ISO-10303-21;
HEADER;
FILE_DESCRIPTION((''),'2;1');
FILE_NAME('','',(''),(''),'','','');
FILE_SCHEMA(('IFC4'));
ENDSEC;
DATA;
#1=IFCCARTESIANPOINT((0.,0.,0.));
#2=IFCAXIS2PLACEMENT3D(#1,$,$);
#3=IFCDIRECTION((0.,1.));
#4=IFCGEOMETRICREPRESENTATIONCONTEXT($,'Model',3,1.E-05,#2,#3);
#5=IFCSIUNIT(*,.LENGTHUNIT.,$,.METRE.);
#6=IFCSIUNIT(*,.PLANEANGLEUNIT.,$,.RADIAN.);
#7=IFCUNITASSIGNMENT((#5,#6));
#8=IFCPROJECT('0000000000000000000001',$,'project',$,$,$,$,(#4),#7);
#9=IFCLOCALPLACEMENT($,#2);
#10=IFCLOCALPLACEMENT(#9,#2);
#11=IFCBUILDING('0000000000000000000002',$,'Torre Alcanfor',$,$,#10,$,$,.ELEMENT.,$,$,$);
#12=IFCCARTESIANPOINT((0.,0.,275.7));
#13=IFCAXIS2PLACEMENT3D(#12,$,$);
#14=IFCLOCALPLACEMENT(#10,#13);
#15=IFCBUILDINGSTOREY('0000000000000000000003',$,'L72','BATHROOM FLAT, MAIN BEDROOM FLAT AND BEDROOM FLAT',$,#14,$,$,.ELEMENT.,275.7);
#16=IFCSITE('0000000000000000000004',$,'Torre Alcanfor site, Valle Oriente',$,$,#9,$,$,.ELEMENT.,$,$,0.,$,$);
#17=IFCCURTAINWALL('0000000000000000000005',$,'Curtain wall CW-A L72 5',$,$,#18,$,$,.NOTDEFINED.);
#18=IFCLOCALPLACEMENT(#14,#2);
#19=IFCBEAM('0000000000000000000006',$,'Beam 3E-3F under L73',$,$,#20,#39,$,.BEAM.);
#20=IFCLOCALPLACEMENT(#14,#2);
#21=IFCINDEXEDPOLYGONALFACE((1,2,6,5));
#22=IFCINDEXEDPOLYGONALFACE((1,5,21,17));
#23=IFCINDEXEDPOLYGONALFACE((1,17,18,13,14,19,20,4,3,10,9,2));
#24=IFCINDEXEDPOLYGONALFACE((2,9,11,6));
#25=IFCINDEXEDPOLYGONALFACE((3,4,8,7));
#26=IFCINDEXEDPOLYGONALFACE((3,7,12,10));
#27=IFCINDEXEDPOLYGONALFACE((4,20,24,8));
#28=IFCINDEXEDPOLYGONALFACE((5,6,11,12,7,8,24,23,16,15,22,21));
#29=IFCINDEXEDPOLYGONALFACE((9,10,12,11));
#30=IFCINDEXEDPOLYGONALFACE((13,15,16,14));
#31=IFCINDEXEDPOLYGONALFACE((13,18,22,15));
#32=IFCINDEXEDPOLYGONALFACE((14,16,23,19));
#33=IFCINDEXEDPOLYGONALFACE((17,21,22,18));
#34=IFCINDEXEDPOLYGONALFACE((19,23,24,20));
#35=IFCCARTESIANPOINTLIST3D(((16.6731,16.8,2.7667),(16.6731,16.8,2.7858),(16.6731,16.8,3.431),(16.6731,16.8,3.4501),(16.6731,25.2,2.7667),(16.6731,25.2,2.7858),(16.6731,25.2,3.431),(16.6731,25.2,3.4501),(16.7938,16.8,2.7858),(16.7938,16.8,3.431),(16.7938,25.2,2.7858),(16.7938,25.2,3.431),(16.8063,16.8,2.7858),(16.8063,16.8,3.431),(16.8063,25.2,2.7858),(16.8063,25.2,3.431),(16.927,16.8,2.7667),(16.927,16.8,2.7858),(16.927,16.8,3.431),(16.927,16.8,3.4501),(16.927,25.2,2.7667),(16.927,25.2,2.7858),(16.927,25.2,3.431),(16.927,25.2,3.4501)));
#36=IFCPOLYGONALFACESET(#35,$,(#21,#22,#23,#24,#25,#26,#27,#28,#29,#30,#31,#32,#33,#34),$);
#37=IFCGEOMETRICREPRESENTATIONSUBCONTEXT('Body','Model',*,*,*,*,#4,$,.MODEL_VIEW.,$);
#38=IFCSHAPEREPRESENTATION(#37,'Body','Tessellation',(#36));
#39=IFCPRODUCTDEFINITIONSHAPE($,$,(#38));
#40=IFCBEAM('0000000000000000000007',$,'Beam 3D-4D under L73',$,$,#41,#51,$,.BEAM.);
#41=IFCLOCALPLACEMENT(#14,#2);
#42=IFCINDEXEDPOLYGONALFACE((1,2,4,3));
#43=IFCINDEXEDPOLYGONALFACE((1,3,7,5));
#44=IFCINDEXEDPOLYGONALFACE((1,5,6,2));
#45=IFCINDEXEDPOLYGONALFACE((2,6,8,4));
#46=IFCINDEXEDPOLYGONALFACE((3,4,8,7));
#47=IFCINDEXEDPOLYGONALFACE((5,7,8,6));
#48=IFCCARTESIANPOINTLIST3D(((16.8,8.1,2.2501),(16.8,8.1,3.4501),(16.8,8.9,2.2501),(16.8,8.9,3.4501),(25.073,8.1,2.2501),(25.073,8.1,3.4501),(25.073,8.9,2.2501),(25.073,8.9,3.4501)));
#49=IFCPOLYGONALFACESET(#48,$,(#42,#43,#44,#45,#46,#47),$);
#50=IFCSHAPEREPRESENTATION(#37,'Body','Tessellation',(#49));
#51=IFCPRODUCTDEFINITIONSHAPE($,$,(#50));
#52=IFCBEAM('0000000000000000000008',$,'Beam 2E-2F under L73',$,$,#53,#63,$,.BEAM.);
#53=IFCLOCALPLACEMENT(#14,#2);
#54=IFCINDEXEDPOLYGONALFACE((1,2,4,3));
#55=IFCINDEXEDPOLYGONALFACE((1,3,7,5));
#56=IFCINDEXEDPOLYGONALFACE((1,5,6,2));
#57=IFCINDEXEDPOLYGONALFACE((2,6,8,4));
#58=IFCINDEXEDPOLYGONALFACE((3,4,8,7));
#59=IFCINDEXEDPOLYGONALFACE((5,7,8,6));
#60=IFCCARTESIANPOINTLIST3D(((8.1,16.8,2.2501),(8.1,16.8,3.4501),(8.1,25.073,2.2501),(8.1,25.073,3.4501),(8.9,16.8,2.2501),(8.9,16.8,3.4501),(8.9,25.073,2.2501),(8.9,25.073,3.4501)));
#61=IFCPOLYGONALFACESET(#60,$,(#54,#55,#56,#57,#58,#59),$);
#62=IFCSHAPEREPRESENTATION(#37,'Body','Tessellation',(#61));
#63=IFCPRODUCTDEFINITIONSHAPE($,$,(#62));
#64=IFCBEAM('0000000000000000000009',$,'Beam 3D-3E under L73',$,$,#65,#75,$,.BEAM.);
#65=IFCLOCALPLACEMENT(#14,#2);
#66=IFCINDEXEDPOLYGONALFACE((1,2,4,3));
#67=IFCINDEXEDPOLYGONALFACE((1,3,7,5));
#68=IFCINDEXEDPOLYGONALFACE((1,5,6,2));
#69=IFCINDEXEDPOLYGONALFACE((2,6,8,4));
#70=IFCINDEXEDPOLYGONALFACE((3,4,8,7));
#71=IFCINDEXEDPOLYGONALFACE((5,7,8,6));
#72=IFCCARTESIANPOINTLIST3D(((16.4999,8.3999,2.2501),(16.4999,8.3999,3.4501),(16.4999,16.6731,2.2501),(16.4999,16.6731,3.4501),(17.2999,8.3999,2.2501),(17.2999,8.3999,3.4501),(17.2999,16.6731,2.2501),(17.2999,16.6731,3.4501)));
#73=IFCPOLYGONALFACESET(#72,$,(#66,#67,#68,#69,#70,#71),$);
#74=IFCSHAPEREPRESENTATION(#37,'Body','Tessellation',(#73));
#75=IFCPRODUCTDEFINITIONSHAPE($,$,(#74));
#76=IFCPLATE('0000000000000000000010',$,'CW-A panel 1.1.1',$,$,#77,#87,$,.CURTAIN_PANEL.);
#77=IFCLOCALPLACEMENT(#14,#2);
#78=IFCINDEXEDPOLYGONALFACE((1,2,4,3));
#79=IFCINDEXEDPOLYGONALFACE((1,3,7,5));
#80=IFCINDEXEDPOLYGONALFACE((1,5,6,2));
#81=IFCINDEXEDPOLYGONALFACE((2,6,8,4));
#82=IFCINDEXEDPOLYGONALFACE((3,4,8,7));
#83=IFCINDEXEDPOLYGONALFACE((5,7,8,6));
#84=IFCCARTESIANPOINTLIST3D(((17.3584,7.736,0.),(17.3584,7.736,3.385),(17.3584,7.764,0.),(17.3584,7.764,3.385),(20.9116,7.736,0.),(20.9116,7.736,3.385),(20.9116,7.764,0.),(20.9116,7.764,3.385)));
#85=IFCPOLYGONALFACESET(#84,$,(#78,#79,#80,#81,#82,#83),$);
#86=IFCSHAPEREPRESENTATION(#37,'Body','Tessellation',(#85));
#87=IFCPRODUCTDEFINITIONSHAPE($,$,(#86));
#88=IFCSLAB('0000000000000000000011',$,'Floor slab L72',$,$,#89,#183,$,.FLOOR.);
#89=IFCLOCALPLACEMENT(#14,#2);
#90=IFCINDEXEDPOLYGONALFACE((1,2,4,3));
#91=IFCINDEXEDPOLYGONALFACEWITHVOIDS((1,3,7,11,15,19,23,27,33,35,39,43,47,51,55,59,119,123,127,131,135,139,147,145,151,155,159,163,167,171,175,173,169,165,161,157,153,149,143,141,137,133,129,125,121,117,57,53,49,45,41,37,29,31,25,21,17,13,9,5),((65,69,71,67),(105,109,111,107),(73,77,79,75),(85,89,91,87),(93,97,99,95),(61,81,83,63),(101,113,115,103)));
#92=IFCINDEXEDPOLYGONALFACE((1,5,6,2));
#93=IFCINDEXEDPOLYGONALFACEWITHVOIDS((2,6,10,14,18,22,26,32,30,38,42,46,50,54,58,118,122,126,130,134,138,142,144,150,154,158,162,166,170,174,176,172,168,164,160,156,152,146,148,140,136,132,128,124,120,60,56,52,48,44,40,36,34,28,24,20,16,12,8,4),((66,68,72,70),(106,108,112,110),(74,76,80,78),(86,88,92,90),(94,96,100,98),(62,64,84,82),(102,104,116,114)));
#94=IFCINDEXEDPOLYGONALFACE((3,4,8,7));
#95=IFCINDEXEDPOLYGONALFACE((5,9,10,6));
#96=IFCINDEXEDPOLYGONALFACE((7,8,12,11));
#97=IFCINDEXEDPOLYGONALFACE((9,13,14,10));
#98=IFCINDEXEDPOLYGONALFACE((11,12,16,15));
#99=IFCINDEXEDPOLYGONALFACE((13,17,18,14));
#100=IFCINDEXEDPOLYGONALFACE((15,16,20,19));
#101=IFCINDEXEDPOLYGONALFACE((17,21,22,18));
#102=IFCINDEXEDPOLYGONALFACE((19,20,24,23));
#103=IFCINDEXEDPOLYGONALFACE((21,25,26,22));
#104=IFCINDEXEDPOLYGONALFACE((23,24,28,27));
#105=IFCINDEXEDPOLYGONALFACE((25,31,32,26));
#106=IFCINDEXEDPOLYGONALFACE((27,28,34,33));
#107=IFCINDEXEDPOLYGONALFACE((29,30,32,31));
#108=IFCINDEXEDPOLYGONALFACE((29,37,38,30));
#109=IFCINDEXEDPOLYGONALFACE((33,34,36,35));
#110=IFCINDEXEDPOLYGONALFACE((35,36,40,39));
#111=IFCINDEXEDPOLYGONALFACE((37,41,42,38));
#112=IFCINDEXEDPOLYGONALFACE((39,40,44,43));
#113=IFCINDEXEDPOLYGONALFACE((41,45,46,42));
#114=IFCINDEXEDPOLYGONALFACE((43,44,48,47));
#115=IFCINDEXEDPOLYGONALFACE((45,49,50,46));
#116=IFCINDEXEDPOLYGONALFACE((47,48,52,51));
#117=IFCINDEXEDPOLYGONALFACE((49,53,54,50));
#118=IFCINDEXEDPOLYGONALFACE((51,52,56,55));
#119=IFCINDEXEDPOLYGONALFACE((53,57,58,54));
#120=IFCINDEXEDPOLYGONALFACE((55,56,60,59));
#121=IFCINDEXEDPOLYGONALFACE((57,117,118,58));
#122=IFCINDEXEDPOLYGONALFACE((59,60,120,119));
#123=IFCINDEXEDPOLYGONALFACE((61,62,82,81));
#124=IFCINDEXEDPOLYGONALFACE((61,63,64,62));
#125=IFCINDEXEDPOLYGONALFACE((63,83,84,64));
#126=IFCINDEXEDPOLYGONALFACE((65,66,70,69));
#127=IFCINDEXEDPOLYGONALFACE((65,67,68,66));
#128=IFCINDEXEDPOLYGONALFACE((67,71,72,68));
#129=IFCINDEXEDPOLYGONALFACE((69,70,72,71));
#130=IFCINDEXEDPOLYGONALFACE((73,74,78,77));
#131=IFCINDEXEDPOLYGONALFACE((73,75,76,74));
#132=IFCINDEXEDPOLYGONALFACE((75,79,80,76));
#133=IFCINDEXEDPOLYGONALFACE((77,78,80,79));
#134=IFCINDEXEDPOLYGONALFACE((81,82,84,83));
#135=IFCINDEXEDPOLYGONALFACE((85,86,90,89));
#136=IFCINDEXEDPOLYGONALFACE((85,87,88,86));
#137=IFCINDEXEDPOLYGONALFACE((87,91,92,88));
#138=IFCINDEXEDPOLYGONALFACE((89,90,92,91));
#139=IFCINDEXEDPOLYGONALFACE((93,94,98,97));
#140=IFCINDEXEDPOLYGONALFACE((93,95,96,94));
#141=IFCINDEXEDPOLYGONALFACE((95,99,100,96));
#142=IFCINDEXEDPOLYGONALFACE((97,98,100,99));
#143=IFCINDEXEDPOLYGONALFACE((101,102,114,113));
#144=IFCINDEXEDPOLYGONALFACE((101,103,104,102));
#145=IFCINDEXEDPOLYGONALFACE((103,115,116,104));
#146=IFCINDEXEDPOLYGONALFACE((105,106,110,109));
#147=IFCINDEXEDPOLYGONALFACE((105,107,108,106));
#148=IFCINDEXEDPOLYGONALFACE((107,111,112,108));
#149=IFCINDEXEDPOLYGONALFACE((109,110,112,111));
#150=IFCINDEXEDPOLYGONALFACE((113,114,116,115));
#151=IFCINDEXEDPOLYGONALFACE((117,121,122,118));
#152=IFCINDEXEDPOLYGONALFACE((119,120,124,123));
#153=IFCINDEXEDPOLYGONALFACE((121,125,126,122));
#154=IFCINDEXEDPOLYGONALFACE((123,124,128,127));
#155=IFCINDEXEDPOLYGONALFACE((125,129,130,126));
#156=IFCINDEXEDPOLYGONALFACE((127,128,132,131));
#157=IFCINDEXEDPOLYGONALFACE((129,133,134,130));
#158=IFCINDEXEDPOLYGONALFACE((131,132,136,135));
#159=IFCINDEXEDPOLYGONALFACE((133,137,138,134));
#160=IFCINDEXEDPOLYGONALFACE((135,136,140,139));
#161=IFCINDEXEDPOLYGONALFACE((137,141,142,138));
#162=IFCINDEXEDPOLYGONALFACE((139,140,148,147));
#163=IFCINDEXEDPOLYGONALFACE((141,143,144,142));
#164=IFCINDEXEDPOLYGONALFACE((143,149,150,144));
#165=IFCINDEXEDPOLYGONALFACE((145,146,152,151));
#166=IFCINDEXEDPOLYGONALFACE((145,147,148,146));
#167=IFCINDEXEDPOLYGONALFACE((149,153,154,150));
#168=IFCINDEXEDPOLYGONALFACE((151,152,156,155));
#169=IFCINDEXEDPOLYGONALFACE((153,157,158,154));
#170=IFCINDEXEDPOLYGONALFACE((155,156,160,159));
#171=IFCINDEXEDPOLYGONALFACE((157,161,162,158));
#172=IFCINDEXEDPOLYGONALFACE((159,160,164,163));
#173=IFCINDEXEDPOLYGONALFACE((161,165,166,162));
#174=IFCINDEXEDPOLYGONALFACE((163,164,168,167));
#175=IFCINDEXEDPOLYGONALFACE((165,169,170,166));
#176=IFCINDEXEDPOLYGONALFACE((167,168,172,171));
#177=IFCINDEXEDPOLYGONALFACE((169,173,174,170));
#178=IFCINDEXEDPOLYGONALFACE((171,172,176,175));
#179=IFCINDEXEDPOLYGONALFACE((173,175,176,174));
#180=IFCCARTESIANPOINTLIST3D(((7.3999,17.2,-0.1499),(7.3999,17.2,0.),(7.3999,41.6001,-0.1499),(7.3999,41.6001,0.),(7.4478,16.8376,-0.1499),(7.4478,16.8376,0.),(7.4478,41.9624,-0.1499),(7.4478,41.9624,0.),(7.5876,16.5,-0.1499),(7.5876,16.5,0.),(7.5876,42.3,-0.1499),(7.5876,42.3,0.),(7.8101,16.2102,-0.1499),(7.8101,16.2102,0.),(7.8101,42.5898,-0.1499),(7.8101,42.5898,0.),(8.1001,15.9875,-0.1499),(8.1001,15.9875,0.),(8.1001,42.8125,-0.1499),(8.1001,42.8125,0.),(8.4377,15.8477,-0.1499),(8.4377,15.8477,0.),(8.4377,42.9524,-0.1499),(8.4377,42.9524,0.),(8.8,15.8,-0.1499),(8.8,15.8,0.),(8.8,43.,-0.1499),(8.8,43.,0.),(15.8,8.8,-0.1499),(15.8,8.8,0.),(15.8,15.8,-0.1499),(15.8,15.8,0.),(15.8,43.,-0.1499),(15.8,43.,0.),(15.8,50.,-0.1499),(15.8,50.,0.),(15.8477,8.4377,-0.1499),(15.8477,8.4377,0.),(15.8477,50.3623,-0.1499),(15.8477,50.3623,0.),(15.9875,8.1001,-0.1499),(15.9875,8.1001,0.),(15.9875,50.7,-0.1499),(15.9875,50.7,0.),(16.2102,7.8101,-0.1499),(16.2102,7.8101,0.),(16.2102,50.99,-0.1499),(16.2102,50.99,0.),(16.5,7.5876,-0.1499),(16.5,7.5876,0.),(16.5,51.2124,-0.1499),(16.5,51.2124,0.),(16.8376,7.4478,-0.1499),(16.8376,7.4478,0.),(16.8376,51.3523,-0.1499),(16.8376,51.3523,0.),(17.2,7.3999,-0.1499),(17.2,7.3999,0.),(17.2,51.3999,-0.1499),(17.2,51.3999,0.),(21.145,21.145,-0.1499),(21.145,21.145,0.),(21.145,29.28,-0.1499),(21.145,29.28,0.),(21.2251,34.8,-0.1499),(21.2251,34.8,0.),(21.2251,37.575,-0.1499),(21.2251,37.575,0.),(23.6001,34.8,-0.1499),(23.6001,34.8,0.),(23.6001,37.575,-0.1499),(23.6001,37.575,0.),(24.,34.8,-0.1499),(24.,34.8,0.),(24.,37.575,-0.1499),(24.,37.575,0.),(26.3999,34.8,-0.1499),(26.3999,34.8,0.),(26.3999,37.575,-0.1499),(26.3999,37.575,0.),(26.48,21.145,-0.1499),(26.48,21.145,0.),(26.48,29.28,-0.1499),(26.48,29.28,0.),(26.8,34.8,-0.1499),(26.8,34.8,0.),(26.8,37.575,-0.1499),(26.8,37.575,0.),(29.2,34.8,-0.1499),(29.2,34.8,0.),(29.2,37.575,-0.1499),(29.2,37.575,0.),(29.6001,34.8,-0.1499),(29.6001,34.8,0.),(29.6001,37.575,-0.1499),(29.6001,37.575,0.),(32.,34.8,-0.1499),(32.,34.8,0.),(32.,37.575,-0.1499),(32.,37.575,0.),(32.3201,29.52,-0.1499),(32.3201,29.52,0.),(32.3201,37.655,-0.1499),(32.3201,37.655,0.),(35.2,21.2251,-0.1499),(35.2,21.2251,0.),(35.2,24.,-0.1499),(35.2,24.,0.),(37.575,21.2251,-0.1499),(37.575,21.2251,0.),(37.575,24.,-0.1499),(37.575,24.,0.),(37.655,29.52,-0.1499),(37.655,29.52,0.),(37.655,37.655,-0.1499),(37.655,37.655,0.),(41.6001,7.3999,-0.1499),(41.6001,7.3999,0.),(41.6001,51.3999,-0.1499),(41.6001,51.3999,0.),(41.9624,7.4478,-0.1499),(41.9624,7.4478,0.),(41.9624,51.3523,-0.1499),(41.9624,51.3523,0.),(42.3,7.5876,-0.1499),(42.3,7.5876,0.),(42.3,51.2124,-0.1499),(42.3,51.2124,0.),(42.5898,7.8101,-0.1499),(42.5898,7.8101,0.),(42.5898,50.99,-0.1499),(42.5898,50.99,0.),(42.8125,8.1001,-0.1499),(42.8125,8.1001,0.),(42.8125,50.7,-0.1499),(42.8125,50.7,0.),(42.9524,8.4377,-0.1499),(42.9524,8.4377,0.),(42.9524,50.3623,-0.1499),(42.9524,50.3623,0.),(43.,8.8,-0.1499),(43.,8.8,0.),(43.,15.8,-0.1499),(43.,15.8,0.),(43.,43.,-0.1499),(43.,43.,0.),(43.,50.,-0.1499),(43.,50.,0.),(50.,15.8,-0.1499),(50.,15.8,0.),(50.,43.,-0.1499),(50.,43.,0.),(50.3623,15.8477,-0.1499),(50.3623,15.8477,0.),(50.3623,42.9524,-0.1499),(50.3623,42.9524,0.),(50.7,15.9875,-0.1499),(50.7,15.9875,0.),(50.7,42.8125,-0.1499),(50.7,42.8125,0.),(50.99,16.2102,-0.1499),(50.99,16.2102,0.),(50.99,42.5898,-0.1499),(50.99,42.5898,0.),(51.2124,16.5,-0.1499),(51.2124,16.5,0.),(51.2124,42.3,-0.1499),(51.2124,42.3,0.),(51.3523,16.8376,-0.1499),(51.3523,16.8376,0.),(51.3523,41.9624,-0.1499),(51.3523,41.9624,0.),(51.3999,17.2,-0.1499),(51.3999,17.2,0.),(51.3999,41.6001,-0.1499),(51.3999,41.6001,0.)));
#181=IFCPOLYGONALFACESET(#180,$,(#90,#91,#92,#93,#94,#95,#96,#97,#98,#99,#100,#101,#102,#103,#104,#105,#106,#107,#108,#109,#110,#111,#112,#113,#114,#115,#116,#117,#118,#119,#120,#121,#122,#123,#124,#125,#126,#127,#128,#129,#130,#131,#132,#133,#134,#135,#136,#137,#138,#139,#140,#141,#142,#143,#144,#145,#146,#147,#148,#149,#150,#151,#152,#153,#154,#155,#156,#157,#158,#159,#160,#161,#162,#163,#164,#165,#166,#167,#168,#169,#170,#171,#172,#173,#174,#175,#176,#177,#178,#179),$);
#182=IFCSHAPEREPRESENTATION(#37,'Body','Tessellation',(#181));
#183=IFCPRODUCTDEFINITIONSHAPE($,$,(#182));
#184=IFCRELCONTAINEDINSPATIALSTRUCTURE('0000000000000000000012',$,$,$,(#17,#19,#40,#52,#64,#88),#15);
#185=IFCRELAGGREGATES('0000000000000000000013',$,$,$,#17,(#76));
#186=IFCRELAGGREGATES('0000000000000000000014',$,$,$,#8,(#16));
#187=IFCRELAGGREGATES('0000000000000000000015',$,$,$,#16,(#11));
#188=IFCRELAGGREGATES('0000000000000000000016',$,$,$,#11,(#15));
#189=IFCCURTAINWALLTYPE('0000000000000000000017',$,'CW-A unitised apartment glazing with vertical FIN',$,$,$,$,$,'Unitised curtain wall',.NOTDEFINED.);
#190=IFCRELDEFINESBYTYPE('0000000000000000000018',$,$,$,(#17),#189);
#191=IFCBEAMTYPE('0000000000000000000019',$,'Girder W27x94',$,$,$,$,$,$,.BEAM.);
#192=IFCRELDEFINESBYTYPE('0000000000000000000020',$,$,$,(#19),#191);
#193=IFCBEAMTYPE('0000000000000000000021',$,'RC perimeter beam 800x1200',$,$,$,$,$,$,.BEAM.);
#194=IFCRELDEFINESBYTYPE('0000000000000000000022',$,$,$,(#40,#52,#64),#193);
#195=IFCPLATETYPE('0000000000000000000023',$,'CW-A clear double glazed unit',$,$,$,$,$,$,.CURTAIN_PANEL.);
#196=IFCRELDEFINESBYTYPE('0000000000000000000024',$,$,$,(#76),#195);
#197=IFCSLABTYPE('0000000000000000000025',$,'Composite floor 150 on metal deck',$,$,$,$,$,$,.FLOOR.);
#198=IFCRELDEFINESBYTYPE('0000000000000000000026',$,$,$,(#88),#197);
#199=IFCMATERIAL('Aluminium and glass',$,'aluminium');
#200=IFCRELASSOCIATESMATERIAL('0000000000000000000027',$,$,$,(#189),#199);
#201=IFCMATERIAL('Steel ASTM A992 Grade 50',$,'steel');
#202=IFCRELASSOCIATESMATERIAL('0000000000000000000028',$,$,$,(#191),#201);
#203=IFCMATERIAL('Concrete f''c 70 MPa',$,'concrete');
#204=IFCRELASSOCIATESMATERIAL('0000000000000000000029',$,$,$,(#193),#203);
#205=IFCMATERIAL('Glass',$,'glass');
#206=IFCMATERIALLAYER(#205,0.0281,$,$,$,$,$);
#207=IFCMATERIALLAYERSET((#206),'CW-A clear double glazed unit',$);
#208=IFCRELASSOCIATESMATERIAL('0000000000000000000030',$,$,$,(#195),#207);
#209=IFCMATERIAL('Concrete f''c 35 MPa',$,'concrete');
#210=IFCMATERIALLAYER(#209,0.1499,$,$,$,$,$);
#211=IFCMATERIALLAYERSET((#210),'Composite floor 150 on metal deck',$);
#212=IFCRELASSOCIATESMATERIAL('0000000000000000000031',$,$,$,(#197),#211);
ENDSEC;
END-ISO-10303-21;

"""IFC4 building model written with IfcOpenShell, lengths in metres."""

from ifc_helpers import new_model, si_unit, direction, frame, origin, origin_2d, place, context, subcontext, project, spatial, polyline, rectangle, i_section, outline, extrude, material, layer, layer_set, material_profile, profile_set, type_object, element, aggregate, save


model = new_model("IFC4")

# Units and contexts
model_context = context("Model", 3, precision=1e-05, world=origin(), true_north=direction((0.0, 1.0)))
body_context = subcontext(model_context, "Body", "Model", "MODEL_VIEW")
ifc_project = project(units=[si_unit("LENGTHUNIT", "METRE"), si_unit("PLANEANGLEUNIT", "RADIAN")], contexts=[model_context])

# Site, building, storey
site_placement = place(None, origin())
site = spatial("IfcSite", under=ifc_project, at=site_placement, Name="Torre Alcanfor site, Valle Oriente", CompositionType="ELEMENT", RefElevation=0.0)
building_placement = place(site_placement, origin())
building = spatial("IfcBuilding", under=site, at=building_placement, Name="Torre Alcanfor", CompositionType="ELEMENT")
storey_placement = place(building_placement, frame((0.0, 0.0, 275.7)))
storey = spatial("IfcBuildingStorey", under=building, at=storey_placement, Name="L72", Description="BATHROOM FLAT, MAIN BEDROOM FLAT AND BEDROOM FLAT", CompositionType="ELEMENT", Elevation=275.7)

# Curtain wall
ifc_material_1 = material(Name="Aluminium and glass", Category="aluminium")
curtain_wall_type = type_object("IfcCurtainWallType", Name="CW-A unitised apartment glazing with vertical FIN", ElementType="Unitised curtain wall", PredefinedType="NOTDEFINED", material=ifc_material_1)
curtain_wall_placement = place(storey_placement, origin())
curtain_wall = element("IfcCurtainWall", 1, at=curtain_wall_placement, inside=storey, type_object=curtain_wall_type, Name="Curtain wall CW-A L72 5", PredefinedType="NOTDEFINED")

# Beams
ifc_material_2 = material(Name="Steel ASTM A992 Grade 50", Category="steel")
ifc_material_profile_1 = material_profile(ifc_material_2, i_section(OverallWidth=0.2539, OverallDepth=0.6833, WebThickness=0.0125, FlangeThickness=0.019, at=origin_2d()), Name="W27x94")
ifc_profile_set_1 = profile_set([ifc_material_profile_1], Name="Steel ASTM A992 Grade 50")
beam_type_1 = type_object("IfcBeamType", Name="Girder W27x94", PredefinedType="BEAM", material=ifc_profile_set_1)
for number, where, z_axis, x_axis, name in (
    (2, (16.8, 16.8, 3.1084), (0.0, 1.0, 0.0), (-1.0, 0.0, 0.0), "Beam 3E-3F under L73"),
):
    element("IfcBeam", number, at=place(storey_placement, frame(where, z_axis=z_axis, x_axis=x_axis)), inside=storey, type_object=beam_type_1, Name=name, PredefinedType="BEAM", context=body_context, shape_type="SweptSolid", body=[
        extrude(i_section(OverallWidth=0.2539, OverallDepth=0.6833, WebThickness=0.0125, FlangeThickness=0.019, at=origin_2d()), origin(), (0.0, 0.0, 1.0), 8.3999),
    ])
ifc_material_3 = material(Name="Concrete f'c 70 MPa", Category="concrete")
ifc_material_profile_2 = material_profile(ifc_material_3, rectangle(XDim=0.8, YDim=1.2, at=origin_2d()), Name="800x1200")
ifc_profile_set_2 = profile_set([ifc_material_profile_2], Name="Concrete f'c 70 MPa")
beam_type_2 = type_object("IfcBeamType", Name="RC perimeter beam 800x1200", PredefinedType="BEAM", material=ifc_profile_set_2)
for number, where, z_axis, x_axis, name in (
    (3, (16.8, 8.5, 2.8501), (1.0, 0.0, 0.0), (0.0, 1.0, 0.0), "Beam 3D-4D under L73"),
    (4, (8.5, 16.8, 2.8501), (0.0, 1.0, 0.0), (-1.0, 0.0, 0.0), "Beam 2E-2F under L73"),
):
    element("IfcBeam", number, at=place(storey_placement, frame(where, z_axis=z_axis, x_axis=x_axis)), inside=storey, type_object=beam_type_2, Name=name, PredefinedType="BEAM", context=body_context, shape_type="SweptSolid", body=[
        extrude(rectangle(XDim=0.8, YDim=1.2, at=origin_2d()), origin(), (0.0, 0.0, 1.0), 8.2729),
    ])
beam_placement = place(storey_placement, frame((16.8999, 8.3999, 2.8501), z_axis=(0.0, 1.0, 0.0), x_axis=(-1.0, 0.0, 0.0)))
element("IfcBeam", 5, at=beam_placement, inside=storey, type_object=beam_type_2, Name="Beam 3D-3E under L73", PredefinedType="BEAM", context=body_context, shape_type="SweptSolid", body=[
    extrude(rectangle(XDim=0.8, YDim=1.2, at=origin_2d()), origin(), (0.0, 0.0, 1.0), 8.2732),
])

# Plate
ifc_material_4 = material(Name="Glass", Category="glass")
ifc_layer_1 = layer(ifc_material_4, 0.0281)
ifc_layer_set_1 = layer_set([ifc_layer_1], Name="CW-A clear double glazed unit")
plate_type = type_object("IfcPlateType", Name="CW-A clear double glazed unit", PredefinedType="CURTAIN_PANEL", material=ifc_layer_set_1)
plate_placement = place(storey_placement, frame((19.135, 7.75, 0.0), z_axis=(0.0, 0.0, 1.0), x_axis=(1.0, 0.0, 0.0)))
plate = element("IfcPlate", 6, at=plate_placement, type_object=plate_type, Name="CW-A panel 1.1.1", PredefinedType="CURTAIN_PANEL", context=body_context, shape_type="SweptSolid", body=[
    extrude(rectangle(XDim=3.5532, YDim=0.0281, at=origin_2d()), origin(), (0.0, 0.0, 1.0), 3.385),
])
aggregate(curtain_wall, [plate])

# Slab
ifc_material_5 = material(Name="Concrete f'c 35 MPa", Category="concrete")
ifc_layer_2 = layer(ifc_material_5, 0.1499)
ifc_layer_set_2 = layer_set([ifc_layer_2], Name="Composite floor 150 on metal deck")
slab_type_1 = type_object("IfcSlabType", Name="Composite floor 150 on metal deck", PredefinedType="FLOOR", material=ifc_layer_set_2)
slab_1_placement = place(storey_placement, frame((0.0, 0.0, -0.1499)))
element("IfcSlab", 7, at=slab_1_placement, inside=storey, type_object=slab_type_1, Name="Floor slab L72", PredefinedType="FLOOR", context=body_context, shape_type="SweptSolid", body=[
    extrude(outline(polyline([(15.8, 43.0), (8.8, 43.0), (8.4377, 42.9524), (8.1001, 42.8125), (7.8101, 42.5898), (7.5876, 42.3), (7.4478, 41.9624), (7.3999, 41.6001), (7.3999, 17.2), (7.4478, 16.8376), (7.5876, 16.5), (7.8101, 16.2102), (8.1001, 15.9875), (8.4377, 15.8477), (8.8, 15.8), (15.8, 15.8), (15.8, 8.8), (15.8477, 8.4377), (15.9875, 8.1001), (16.2102, 7.8101), (16.5, 7.5876), (16.8376, 7.4478), (17.2, 7.3999), (41.6001, 7.3999), (41.9624, 7.4478), (42.3, 7.5876), (42.5898, 7.8101), (42.8125, 8.1001), (42.9524, 8.4377), (43.0, 8.8), (43.0, 15.8), (50.0, 15.8), (50.3623, 15.8477), (50.7, 15.9875), (50.99, 16.2102), (51.2124, 16.5), (51.3523, 16.8376), (51.3999, 17.2), (51.3999, 41.6001), (51.3523, 41.9624), (51.2124, 42.3), (50.99, 42.5898), (50.7, 42.8125), (50.3623, 42.9524), (50.0, 43.0), (43.0, 43.0), (43.0, 50.0), (42.9524, 50.3623), (42.8125, 50.7), (42.5898, 50.99), (42.3, 51.2124), (41.9624, 51.3523), (41.6001, 51.3999), (17.2, 51.3999), (16.8376, 51.3523), (16.5, 51.2124), (16.2102, 50.99), (15.9875, 50.7), (15.8477, 50.3623), (15.8, 50.0), (15.8, 43.0)]), holes=[polyline([(21.145, 21.145), (26.48, 21.145), (26.48, 29.28), (21.145, 29.28), (21.145, 21.145)]), polyline([(32.3201, 29.52), (37.655, 29.52), (37.655, 37.655), (32.3201, 37.655), (32.3201, 29.52)]), polyline([(35.2, 21.2251), (37.575, 21.2251), (37.575, 24.0), (35.2, 24.0), (35.2, 21.2251)]), polyline([(21.2251, 34.8), (23.6001, 34.8), (23.6001, 37.575), (21.2251, 37.575), (21.2251, 34.8)]), polyline([(24.0, 34.8), (26.3999, 34.8), (26.3999, 37.575), (24.0, 37.575), (24.0, 34.8)]), polyline([(26.8, 34.8), (29.2, 34.8), (29.2, 37.575), (26.8, 37.575), (26.8, 34.8)]), polyline([(29.6001, 34.8), (32.0, 34.8), (32.0, 37.575), (29.6001, 37.575), (29.6001, 34.8)])]), origin(), (0.0, 0.0, 1.0), 0.1499),
])

save(model, "model.ifc")
